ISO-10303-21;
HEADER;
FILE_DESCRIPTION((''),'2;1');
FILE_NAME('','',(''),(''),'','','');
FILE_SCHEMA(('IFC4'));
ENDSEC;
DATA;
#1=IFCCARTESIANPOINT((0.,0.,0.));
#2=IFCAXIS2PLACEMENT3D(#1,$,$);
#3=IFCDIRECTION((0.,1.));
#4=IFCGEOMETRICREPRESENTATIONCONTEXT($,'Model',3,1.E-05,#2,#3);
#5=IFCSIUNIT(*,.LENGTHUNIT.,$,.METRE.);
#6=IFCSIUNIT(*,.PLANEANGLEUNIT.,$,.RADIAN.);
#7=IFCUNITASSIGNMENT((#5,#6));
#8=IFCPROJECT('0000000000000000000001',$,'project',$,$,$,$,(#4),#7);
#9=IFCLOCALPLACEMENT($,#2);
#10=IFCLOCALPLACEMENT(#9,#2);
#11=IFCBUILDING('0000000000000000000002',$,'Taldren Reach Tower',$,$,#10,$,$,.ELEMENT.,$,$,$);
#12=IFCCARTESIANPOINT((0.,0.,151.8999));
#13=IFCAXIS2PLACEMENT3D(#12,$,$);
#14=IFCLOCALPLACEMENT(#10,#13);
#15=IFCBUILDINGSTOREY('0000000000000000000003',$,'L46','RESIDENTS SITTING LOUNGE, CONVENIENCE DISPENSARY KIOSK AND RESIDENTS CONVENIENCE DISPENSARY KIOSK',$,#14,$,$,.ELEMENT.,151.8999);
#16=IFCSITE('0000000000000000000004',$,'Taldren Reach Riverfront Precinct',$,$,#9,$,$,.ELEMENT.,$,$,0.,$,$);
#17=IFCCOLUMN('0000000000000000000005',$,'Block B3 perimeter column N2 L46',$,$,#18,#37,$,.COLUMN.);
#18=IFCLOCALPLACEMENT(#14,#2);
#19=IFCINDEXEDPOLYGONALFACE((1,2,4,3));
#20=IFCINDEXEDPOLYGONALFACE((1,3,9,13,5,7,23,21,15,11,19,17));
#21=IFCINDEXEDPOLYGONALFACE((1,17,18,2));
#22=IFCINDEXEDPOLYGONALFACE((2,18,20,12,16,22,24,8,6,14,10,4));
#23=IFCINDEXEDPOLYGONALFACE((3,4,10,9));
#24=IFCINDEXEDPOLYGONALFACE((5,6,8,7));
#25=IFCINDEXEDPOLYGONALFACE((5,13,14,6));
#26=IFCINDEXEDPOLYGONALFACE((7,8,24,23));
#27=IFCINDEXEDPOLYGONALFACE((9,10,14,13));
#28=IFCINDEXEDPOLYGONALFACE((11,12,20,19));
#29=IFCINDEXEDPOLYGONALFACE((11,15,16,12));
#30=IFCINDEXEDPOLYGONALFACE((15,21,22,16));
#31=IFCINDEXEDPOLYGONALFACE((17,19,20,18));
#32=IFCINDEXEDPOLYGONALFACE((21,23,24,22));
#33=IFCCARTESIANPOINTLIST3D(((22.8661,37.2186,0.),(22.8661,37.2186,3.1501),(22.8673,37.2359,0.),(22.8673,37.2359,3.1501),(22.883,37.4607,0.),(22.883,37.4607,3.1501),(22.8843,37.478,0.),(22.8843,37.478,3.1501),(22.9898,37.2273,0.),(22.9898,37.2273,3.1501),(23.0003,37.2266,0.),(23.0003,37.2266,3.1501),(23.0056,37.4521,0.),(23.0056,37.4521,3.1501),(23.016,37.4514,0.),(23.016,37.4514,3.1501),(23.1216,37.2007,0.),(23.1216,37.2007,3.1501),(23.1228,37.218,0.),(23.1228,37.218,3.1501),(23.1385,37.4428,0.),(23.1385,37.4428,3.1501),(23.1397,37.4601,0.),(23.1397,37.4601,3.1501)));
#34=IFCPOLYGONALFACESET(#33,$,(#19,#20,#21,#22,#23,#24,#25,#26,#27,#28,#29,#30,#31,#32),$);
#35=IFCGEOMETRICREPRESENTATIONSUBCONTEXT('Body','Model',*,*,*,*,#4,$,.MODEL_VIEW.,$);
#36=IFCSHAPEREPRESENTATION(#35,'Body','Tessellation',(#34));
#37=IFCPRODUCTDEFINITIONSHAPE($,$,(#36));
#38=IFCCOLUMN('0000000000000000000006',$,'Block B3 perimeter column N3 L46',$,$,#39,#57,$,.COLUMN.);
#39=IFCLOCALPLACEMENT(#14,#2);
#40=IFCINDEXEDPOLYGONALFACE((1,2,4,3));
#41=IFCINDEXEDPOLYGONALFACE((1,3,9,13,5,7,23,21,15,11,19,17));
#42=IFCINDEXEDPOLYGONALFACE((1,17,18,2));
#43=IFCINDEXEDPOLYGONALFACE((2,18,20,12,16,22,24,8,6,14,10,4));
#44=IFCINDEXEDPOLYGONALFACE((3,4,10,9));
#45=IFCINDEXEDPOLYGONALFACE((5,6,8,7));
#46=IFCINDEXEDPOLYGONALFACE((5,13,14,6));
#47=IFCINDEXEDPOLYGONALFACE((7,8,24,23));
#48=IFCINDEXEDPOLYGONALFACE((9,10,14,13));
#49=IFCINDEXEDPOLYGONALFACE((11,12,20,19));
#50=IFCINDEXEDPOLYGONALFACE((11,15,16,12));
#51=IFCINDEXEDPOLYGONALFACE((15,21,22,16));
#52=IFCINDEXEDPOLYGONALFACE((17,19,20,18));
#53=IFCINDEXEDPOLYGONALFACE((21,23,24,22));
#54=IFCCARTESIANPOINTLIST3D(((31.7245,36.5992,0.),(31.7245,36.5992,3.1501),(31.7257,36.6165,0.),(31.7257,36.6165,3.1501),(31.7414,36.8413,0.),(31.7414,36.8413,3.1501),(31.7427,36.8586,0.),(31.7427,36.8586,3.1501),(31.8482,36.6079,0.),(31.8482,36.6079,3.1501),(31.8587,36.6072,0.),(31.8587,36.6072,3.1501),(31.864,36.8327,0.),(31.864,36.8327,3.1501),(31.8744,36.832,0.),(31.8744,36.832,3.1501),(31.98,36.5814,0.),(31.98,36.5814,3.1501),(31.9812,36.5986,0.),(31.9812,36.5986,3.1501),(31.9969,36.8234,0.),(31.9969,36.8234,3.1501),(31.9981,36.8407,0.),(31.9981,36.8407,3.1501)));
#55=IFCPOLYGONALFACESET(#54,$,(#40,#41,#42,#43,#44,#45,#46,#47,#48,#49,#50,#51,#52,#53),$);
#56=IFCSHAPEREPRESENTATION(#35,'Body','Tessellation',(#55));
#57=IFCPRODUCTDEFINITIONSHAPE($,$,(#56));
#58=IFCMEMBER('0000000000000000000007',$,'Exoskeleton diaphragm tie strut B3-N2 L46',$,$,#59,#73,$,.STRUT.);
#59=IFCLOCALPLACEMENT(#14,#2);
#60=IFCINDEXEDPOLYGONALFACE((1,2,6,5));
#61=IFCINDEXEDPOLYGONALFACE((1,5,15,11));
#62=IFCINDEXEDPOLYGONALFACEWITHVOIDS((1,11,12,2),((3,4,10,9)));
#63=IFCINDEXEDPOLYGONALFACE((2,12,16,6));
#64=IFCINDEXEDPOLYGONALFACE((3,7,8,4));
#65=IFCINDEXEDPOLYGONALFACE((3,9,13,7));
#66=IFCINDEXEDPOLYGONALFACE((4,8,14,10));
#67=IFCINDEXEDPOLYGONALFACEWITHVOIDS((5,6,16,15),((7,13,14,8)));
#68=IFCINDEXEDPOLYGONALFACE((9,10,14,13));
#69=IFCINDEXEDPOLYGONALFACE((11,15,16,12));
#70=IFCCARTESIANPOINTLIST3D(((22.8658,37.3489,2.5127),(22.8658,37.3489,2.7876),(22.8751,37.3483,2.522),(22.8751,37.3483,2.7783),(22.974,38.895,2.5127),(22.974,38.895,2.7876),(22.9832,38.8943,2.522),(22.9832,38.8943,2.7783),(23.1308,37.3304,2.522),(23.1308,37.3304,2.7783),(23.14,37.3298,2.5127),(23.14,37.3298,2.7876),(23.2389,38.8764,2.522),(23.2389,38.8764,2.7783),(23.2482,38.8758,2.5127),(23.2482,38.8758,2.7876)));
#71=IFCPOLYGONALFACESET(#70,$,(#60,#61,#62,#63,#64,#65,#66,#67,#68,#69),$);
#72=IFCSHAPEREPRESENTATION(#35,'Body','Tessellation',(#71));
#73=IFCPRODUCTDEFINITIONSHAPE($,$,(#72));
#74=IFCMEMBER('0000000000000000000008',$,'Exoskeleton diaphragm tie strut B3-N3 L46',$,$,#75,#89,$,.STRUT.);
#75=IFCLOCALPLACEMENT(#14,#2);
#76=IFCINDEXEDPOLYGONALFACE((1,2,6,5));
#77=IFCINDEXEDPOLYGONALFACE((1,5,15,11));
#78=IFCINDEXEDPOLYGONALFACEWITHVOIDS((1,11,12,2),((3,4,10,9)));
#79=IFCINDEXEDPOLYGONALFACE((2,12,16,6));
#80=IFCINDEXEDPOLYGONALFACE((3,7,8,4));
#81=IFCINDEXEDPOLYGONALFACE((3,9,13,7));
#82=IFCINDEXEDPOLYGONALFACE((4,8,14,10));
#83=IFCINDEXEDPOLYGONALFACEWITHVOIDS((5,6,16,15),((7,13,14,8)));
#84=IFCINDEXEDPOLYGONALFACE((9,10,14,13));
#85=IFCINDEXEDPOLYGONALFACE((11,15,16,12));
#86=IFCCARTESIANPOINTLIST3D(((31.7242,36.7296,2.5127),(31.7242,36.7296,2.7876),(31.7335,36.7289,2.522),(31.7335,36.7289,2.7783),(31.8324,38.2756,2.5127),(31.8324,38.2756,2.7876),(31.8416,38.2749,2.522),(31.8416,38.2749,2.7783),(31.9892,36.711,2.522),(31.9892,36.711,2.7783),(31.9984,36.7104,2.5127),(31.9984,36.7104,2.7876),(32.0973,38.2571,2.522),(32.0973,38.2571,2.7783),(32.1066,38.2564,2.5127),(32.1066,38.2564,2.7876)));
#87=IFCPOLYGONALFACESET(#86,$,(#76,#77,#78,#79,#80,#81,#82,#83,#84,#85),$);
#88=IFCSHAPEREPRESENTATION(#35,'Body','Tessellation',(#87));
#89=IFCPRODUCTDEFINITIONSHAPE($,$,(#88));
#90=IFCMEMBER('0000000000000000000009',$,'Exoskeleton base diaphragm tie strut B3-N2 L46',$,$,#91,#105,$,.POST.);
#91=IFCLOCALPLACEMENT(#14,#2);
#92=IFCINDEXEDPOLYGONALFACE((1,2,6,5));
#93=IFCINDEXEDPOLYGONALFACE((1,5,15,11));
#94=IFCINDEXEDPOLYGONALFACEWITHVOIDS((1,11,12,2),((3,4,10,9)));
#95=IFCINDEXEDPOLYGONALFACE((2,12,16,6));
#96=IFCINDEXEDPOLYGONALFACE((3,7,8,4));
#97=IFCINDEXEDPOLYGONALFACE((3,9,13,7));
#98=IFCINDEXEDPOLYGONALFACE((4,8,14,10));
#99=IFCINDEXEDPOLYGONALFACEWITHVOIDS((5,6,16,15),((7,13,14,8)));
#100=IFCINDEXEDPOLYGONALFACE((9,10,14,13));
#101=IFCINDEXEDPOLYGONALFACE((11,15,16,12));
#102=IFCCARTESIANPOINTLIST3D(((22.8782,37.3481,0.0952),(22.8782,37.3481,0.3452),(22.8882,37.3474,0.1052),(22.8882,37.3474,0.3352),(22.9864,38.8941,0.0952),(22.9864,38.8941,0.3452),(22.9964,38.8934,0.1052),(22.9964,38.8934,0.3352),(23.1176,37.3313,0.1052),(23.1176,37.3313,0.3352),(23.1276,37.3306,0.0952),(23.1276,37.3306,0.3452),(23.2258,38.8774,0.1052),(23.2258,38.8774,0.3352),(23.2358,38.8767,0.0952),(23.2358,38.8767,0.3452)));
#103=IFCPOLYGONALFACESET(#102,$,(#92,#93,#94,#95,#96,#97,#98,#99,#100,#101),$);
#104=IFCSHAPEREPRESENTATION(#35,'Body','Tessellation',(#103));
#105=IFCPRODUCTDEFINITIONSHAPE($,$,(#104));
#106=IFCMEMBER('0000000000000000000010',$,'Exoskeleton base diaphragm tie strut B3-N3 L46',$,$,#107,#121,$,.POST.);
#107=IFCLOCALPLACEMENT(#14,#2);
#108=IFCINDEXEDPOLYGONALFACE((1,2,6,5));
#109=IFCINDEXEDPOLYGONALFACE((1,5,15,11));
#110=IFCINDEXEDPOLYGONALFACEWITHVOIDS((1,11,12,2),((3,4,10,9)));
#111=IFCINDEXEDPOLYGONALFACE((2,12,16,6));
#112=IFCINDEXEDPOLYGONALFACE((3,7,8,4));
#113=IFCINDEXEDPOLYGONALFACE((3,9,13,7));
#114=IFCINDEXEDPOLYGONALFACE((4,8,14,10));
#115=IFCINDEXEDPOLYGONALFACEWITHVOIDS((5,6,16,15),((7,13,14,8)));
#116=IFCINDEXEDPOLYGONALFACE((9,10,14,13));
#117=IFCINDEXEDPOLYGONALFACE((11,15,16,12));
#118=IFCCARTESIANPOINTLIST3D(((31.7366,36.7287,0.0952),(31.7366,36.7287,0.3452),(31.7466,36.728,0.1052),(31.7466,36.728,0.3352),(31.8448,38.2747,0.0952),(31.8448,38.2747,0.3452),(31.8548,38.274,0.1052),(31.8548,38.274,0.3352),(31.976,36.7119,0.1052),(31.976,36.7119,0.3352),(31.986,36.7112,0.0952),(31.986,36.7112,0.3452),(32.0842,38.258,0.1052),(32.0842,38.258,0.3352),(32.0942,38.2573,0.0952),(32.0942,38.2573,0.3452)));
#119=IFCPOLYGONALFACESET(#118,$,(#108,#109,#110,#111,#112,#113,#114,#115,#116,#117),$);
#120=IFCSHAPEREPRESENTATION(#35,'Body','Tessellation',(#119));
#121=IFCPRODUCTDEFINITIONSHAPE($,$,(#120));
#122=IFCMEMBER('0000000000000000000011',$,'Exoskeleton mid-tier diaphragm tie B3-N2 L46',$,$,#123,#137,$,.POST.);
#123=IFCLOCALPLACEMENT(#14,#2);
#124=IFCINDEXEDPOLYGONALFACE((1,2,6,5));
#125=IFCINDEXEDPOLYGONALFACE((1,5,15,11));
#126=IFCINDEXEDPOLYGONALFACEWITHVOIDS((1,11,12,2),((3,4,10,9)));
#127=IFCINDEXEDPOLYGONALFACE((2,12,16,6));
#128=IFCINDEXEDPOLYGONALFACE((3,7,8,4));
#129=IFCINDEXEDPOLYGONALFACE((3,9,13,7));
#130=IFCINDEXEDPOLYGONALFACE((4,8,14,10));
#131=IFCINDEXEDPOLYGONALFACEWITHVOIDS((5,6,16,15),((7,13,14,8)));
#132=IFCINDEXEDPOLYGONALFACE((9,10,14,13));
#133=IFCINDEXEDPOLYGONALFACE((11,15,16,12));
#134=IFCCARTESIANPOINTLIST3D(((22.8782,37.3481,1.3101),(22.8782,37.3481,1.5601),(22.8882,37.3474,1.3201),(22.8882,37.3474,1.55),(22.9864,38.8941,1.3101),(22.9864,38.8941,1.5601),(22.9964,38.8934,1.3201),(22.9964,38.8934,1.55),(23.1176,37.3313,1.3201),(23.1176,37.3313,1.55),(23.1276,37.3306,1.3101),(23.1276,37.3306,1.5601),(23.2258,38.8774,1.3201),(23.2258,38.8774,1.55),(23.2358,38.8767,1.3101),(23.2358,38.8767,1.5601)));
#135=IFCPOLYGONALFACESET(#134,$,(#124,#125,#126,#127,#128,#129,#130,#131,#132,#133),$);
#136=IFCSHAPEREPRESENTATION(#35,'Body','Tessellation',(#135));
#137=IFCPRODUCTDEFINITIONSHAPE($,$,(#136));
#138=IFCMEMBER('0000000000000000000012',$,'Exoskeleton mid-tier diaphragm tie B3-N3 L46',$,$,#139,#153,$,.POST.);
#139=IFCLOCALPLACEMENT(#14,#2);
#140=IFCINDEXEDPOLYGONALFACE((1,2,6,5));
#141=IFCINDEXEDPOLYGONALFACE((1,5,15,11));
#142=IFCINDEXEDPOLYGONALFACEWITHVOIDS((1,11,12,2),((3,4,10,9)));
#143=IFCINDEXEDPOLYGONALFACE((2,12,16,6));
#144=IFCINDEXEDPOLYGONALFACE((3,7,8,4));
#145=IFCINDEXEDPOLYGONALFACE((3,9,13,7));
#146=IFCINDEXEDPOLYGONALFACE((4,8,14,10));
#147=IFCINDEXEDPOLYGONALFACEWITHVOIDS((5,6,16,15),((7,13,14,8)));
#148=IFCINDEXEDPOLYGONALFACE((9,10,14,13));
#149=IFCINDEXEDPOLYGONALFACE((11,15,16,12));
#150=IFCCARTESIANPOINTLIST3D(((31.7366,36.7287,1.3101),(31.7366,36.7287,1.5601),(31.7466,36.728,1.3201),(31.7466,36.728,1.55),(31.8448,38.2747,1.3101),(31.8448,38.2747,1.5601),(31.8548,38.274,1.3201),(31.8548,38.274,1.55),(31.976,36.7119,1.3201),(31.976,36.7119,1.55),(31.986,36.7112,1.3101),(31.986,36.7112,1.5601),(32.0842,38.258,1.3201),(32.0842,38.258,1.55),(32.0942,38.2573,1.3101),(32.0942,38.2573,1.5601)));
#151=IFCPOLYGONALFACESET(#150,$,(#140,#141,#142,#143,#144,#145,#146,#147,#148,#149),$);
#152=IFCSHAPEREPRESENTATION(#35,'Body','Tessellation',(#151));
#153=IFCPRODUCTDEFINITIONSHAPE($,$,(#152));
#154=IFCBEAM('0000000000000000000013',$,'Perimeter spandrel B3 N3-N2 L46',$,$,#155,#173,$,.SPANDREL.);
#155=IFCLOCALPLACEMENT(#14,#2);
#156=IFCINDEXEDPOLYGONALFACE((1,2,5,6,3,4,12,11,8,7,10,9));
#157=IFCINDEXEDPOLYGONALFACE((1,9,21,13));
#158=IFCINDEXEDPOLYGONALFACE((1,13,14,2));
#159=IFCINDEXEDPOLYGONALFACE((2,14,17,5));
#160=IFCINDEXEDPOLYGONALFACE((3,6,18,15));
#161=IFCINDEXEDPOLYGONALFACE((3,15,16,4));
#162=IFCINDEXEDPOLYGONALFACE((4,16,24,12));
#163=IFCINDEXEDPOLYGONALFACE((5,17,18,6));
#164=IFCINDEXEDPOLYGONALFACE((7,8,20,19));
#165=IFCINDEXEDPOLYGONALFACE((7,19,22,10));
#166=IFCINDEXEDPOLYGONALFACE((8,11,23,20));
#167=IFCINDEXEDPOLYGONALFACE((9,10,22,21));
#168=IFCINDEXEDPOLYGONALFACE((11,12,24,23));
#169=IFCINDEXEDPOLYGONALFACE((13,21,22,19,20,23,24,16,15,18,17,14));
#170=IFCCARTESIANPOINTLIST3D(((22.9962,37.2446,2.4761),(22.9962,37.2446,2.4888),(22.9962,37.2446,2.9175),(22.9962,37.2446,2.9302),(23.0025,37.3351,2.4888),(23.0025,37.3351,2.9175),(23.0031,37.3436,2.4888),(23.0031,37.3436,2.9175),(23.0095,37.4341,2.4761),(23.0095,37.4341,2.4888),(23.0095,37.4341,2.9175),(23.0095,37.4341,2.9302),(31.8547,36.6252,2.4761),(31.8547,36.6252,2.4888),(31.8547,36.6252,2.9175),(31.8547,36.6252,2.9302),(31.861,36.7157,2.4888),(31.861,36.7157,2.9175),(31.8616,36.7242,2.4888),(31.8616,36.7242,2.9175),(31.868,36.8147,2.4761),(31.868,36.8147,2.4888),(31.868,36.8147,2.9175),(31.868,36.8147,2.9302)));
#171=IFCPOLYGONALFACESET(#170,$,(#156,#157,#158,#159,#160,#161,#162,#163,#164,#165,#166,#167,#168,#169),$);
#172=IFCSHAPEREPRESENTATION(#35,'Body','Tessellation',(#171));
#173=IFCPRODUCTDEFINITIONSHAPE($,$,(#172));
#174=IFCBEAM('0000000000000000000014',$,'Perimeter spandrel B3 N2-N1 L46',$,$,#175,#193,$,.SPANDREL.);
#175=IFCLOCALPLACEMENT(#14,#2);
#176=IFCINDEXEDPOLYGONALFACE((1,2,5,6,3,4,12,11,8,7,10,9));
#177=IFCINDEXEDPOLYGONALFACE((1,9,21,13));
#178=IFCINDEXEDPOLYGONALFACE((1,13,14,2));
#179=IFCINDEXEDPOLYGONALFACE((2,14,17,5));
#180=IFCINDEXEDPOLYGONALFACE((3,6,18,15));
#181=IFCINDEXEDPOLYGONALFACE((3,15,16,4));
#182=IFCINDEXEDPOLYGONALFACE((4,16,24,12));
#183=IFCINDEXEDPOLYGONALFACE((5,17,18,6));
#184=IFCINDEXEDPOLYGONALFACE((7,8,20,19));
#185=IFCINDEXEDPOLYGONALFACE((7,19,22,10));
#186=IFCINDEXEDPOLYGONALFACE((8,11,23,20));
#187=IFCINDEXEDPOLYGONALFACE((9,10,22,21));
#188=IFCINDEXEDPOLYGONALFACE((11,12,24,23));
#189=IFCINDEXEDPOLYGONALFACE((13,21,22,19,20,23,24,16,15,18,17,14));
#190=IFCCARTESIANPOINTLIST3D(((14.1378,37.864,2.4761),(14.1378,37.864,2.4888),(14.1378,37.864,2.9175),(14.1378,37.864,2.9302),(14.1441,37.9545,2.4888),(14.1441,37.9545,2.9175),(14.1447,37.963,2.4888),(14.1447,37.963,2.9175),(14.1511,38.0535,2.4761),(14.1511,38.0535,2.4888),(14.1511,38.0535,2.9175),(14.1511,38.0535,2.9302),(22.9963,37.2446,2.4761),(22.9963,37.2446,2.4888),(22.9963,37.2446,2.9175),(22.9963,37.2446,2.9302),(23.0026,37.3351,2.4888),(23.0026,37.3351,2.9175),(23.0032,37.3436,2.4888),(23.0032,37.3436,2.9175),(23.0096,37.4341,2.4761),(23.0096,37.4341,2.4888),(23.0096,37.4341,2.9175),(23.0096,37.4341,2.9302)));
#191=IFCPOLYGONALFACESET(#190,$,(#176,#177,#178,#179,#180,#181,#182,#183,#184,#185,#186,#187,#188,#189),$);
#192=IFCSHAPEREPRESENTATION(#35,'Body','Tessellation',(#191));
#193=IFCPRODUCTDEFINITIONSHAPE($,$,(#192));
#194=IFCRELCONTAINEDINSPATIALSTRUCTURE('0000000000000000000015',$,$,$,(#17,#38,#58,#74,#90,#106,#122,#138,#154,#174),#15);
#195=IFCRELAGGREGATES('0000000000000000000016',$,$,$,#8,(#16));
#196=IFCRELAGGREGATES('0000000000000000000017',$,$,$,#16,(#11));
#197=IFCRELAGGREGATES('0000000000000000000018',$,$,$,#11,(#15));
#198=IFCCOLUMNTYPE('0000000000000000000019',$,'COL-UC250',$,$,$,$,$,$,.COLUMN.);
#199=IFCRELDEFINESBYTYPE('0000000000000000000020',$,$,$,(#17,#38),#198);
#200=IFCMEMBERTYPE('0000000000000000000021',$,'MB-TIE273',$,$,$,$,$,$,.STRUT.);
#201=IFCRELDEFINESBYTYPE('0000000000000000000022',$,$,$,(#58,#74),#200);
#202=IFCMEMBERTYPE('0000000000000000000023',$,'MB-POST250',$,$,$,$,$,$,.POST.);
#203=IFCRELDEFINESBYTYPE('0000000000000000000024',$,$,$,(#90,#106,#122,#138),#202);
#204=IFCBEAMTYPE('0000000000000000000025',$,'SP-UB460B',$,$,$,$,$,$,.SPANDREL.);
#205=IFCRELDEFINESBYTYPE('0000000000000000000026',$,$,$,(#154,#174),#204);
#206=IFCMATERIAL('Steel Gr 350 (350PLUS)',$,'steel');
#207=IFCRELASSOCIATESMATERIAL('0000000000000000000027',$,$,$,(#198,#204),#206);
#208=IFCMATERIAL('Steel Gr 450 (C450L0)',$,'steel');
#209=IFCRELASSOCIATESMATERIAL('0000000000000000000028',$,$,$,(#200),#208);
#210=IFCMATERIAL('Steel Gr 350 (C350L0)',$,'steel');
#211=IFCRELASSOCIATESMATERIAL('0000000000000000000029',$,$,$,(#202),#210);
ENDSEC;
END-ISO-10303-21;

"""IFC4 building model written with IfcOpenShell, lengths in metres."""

from ifc_helpers import new_model, si_unit, direction, frame, origin, origin_2d, place, context, subcontext, project, spatial, hollow_rectangle, i_section, extrude, source, transform, mapped, material, material_profile, profile_set, type_object, element, save


model = new_model("IFC4")

# Units and contexts
model_context = context("Model", 3, precision=1e-05, world=origin(), true_north=direction((0.0, 1.0)))
body_context = subcontext(model_context, "Body", "Model", "MODEL_VIEW")
ifc_project = project(units=[si_unit("LENGTHUNIT", "METRE"), si_unit("PLANEANGLEUNIT", "RADIAN")], contexts=[model_context])

# Site, building, storey
site_placement = place(None, origin())
site = spatial("IfcSite", under=ifc_project, at=site_placement, Name="Taldren Reach Riverfront Precinct", CompositionType="ELEMENT", RefElevation=0.0)
building_placement = place(site_placement, origin())
building = spatial("IfcBuilding", under=site, at=building_placement, Name="Taldren Reach Tower", CompositionType="ELEMENT")
storey_placement = place(building_placement, frame((0.0, 0.0, 151.8999)))
storey = spatial("IfcBuildingStorey", under=building, at=storey_placement, Name="L46", Description="RESIDENTS SITTING LOUNGE, CONVENIENCE DISPENSARY KIOSK AND RESIDENTS CONVENIENCE DISPENSARY KIOSK", CompositionType="ELEMENT", Elevation=151.8999)

# Columns
ifc_material_1 = material(Name="Steel Gr 350 (350PLUS)", Category="steel")
ifc_material_profile_1 = material_profile(ifc_material_1, i_section(OverallWidth=0.2561, OverallDepth=0.26, WebThickness=0.0105, FlangeThickness=0.0173, at=origin_2d()), Name="250UC89.5")
ifc_profile_set_1 = profile_set([ifc_material_profile_1], Name="Steel Gr 350 (350PLUS)")
column_type = type_object("IfcColumnType", Name="COL-UC250", PredefinedType="COLUMN", material=ifc_profile_set_1)
shared_shape_1 = source(origin(), body_context, "Body", "SweptSolid", [
    extrude(i_section(OverallWidth=0.2561, OverallDepth=0.26, WebThickness=0.0105, FlangeThickness=0.0173, at=origin_2d()), origin(), (0.0, 0.0, 1.0), 3.1501),
])
for number, where, z_axis, x_axis, name in (
    (1, (23.0029, 37.3394, 0.0), (0.0, 0.0, 1.0), (0.997564, -0.069756, 0.0), "Block B3 perimeter column N2 L46"),
    (2, (31.8613, 36.72, 0.0), (0.0, 0.0, 1.0), (0.997564, -0.069756, 0.0), "Block B3 perimeter column N3 L46"),
):
    element("IfcColumn", number, at=place(storey_placement, frame(where, z_axis=z_axis, x_axis=x_axis)), inside=storey, type_object=column_type, Name=name, PredefinedType="COLUMN", context=body_context, shape_type="MappedRepresentation", body=[
        mapped(shared_shape_1, transform((0.0, 0.0, 0.0), scale=1.0)),
    ])

# Members
ifc_material_2 = material(Name="Steel Gr 450 (C450L0)", Category="steel")
ifc_material_profile_2 = material_profile(ifc_material_2, hollow_rectangle(XDim=0.2749, YDim=0.2749, WallThickness=0.0093, at=origin_2d()), Name="275x275x9.3SHS")
ifc_profile_set_2 = profile_set([ifc_material_profile_2], Name="Steel Gr 450 (C450L0)")
member_type_1 = type_object("IfcMemberType", Name="MB-TIE273", PredefinedType="STRUT", material=ifc_profile_set_2)
shared_shape_2 = source(origin(), body_context, "Body", "SweptSolid", [
    extrude(hollow_rectangle(XDim=0.2749, YDim=0.2749, WallThickness=0.0093, at=origin_2d()), origin(), (0.0, 0.0, 1.0), 1.5498),
])
for number, where, z_axis, x_axis, name in (
    (3, (23.0029, 37.3394, 2.6501), (0.069781, 0.997562, 0.0), (-0.997562, 0.069781, 0.0), "Exoskeleton diaphragm tie strut B3-N2 L46"),
    (4, (31.8613, 36.72, 2.6501), (0.069781, 0.997562, 0.0), (-0.997562, 0.069781, 0.0), "Exoskeleton diaphragm tie strut B3-N3 L46"),
):
    element("IfcMember", number, at=place(storey_placement, frame(where, z_axis=z_axis, x_axis=x_axis)), inside=storey, type_object=member_type_1, Name=name, PredefinedType="STRUT", context=body_context, shape_type="MappedRepresentation", body=[
        mapped(shared_shape_2, transform((0.0, 0.0, 0.0), scale=1.0)),
    ])
ifc_material_3 = material(Name="Steel Gr 350 (C350L0)", Category="steel")
ifc_material_profile_3 = material_profile(ifc_material_3, hollow_rectangle(XDim=0.25, YDim=0.25, WallThickness=0.01, at=origin_2d()), Name="250x250x10.0SHS")
ifc_profile_set_3 = profile_set([ifc_material_profile_3], Name="Steel Gr 350 (C350L0)")
member_type_2 = type_object("IfcMemberType", Name="MB-POST250", PredefinedType="POST", material=ifc_profile_set_3)
shared_shape_3 = source(origin(), body_context, "Body", "SweptSolid", [
    extrude(hollow_rectangle(XDim=0.25, YDim=0.25, WallThickness=0.01, at=origin_2d()), origin(), (0.0, 0.0, 1.0), 1.5498),
])
for number, where, z_axis, x_axis, name in (
    (5, (23.0029, 37.3394, 0.2202), (0.069781, 0.997562, 0.0), (-0.997562, 0.069781, 0.0), "Exoskeleton base diaphragm tie strut B3-N2 L46"),
    (6, (31.8613, 36.72, 0.2202), (0.069781, 0.997562, 0.0), (-0.997562, 0.069781, 0.0), "Exoskeleton base diaphragm tie strut B3-N3 L46"),
    (7, (23.0029, 37.3394, 1.4351), (0.069781, 0.997562, 0.0), (-0.997562, 0.069781, 0.0), "Exoskeleton mid-tier diaphragm tie B3-N2 L46"),
    (8, (31.8613, 36.72, 1.4351), (0.069781, 0.997562, 0.0), (-0.997562, 0.069781, 0.0), "Exoskeleton mid-tier diaphragm tie B3-N3 L46"),
):
    element("IfcMember", number, at=place(storey_placement, frame(where, z_axis=z_axis, x_axis=x_axis)), inside=storey, type_object=member_type_2, Name=name, PredefinedType="POST", context=body_context, shape_type="MappedRepresentation", body=[
        mapped(shared_shape_3, transform((0.0, 0.0, 0.0), scale=1.0)),
    ])

# Beams
ifc_material_profile_4 = material_profile(ifc_material_1, i_section(OverallWidth=0.1899, OverallDepth=0.4541, WebThickness=0.0085, FlangeThickness=0.0127, at=origin_2d()), Name="460UB67.1")
ifc_profile_set_4 = profile_set([ifc_material_profile_4], Name="Steel Gr 350 (350PLUS)")
beam_type = type_object("IfcBeamType", Name="SP-UB460B", PredefinedType="SPANDREL", material=ifc_profile_set_4)
shared_shape_4 = source(origin(), body_context, "Body", "SweptSolid", [
    extrude(i_section(OverallWidth=0.1899, OverallDepth=0.4541, WebThickness=0.0085, FlangeThickness=0.0127, at=origin_2d()), origin(), (0.0, 0.0, 1.0), 8.8801),
])
for number, where, z_axis, x_axis, name in (
    (9, (31.8613, 36.72, 2.7031), (-0.997564, 0.06975, 0.0), (-0.06975, -0.997564, 0.0), "Perimeter spandrel B3 N3-N2 L46"),
    (10, (23.0029, 37.3394, 2.7031), (-0.997564, 0.06975, 0.0), (-0.06975, -0.997564, 0.0), "Perimeter spandrel B3 N2-N1 L46"),
):
    element("IfcBeam", number, at=place(storey_placement, frame(where, z_axis=z_axis, x_axis=x_axis)), inside=storey, type_object=beam_type, Name=name, PredefinedType="SPANDREL", context=body_context, shape_type="MappedRepresentation", body=[
        mapped(shared_shape_4, transform((0.0, 0.0, 0.0), scale=1.0)),
    ])

save(model, "model.ifc")
